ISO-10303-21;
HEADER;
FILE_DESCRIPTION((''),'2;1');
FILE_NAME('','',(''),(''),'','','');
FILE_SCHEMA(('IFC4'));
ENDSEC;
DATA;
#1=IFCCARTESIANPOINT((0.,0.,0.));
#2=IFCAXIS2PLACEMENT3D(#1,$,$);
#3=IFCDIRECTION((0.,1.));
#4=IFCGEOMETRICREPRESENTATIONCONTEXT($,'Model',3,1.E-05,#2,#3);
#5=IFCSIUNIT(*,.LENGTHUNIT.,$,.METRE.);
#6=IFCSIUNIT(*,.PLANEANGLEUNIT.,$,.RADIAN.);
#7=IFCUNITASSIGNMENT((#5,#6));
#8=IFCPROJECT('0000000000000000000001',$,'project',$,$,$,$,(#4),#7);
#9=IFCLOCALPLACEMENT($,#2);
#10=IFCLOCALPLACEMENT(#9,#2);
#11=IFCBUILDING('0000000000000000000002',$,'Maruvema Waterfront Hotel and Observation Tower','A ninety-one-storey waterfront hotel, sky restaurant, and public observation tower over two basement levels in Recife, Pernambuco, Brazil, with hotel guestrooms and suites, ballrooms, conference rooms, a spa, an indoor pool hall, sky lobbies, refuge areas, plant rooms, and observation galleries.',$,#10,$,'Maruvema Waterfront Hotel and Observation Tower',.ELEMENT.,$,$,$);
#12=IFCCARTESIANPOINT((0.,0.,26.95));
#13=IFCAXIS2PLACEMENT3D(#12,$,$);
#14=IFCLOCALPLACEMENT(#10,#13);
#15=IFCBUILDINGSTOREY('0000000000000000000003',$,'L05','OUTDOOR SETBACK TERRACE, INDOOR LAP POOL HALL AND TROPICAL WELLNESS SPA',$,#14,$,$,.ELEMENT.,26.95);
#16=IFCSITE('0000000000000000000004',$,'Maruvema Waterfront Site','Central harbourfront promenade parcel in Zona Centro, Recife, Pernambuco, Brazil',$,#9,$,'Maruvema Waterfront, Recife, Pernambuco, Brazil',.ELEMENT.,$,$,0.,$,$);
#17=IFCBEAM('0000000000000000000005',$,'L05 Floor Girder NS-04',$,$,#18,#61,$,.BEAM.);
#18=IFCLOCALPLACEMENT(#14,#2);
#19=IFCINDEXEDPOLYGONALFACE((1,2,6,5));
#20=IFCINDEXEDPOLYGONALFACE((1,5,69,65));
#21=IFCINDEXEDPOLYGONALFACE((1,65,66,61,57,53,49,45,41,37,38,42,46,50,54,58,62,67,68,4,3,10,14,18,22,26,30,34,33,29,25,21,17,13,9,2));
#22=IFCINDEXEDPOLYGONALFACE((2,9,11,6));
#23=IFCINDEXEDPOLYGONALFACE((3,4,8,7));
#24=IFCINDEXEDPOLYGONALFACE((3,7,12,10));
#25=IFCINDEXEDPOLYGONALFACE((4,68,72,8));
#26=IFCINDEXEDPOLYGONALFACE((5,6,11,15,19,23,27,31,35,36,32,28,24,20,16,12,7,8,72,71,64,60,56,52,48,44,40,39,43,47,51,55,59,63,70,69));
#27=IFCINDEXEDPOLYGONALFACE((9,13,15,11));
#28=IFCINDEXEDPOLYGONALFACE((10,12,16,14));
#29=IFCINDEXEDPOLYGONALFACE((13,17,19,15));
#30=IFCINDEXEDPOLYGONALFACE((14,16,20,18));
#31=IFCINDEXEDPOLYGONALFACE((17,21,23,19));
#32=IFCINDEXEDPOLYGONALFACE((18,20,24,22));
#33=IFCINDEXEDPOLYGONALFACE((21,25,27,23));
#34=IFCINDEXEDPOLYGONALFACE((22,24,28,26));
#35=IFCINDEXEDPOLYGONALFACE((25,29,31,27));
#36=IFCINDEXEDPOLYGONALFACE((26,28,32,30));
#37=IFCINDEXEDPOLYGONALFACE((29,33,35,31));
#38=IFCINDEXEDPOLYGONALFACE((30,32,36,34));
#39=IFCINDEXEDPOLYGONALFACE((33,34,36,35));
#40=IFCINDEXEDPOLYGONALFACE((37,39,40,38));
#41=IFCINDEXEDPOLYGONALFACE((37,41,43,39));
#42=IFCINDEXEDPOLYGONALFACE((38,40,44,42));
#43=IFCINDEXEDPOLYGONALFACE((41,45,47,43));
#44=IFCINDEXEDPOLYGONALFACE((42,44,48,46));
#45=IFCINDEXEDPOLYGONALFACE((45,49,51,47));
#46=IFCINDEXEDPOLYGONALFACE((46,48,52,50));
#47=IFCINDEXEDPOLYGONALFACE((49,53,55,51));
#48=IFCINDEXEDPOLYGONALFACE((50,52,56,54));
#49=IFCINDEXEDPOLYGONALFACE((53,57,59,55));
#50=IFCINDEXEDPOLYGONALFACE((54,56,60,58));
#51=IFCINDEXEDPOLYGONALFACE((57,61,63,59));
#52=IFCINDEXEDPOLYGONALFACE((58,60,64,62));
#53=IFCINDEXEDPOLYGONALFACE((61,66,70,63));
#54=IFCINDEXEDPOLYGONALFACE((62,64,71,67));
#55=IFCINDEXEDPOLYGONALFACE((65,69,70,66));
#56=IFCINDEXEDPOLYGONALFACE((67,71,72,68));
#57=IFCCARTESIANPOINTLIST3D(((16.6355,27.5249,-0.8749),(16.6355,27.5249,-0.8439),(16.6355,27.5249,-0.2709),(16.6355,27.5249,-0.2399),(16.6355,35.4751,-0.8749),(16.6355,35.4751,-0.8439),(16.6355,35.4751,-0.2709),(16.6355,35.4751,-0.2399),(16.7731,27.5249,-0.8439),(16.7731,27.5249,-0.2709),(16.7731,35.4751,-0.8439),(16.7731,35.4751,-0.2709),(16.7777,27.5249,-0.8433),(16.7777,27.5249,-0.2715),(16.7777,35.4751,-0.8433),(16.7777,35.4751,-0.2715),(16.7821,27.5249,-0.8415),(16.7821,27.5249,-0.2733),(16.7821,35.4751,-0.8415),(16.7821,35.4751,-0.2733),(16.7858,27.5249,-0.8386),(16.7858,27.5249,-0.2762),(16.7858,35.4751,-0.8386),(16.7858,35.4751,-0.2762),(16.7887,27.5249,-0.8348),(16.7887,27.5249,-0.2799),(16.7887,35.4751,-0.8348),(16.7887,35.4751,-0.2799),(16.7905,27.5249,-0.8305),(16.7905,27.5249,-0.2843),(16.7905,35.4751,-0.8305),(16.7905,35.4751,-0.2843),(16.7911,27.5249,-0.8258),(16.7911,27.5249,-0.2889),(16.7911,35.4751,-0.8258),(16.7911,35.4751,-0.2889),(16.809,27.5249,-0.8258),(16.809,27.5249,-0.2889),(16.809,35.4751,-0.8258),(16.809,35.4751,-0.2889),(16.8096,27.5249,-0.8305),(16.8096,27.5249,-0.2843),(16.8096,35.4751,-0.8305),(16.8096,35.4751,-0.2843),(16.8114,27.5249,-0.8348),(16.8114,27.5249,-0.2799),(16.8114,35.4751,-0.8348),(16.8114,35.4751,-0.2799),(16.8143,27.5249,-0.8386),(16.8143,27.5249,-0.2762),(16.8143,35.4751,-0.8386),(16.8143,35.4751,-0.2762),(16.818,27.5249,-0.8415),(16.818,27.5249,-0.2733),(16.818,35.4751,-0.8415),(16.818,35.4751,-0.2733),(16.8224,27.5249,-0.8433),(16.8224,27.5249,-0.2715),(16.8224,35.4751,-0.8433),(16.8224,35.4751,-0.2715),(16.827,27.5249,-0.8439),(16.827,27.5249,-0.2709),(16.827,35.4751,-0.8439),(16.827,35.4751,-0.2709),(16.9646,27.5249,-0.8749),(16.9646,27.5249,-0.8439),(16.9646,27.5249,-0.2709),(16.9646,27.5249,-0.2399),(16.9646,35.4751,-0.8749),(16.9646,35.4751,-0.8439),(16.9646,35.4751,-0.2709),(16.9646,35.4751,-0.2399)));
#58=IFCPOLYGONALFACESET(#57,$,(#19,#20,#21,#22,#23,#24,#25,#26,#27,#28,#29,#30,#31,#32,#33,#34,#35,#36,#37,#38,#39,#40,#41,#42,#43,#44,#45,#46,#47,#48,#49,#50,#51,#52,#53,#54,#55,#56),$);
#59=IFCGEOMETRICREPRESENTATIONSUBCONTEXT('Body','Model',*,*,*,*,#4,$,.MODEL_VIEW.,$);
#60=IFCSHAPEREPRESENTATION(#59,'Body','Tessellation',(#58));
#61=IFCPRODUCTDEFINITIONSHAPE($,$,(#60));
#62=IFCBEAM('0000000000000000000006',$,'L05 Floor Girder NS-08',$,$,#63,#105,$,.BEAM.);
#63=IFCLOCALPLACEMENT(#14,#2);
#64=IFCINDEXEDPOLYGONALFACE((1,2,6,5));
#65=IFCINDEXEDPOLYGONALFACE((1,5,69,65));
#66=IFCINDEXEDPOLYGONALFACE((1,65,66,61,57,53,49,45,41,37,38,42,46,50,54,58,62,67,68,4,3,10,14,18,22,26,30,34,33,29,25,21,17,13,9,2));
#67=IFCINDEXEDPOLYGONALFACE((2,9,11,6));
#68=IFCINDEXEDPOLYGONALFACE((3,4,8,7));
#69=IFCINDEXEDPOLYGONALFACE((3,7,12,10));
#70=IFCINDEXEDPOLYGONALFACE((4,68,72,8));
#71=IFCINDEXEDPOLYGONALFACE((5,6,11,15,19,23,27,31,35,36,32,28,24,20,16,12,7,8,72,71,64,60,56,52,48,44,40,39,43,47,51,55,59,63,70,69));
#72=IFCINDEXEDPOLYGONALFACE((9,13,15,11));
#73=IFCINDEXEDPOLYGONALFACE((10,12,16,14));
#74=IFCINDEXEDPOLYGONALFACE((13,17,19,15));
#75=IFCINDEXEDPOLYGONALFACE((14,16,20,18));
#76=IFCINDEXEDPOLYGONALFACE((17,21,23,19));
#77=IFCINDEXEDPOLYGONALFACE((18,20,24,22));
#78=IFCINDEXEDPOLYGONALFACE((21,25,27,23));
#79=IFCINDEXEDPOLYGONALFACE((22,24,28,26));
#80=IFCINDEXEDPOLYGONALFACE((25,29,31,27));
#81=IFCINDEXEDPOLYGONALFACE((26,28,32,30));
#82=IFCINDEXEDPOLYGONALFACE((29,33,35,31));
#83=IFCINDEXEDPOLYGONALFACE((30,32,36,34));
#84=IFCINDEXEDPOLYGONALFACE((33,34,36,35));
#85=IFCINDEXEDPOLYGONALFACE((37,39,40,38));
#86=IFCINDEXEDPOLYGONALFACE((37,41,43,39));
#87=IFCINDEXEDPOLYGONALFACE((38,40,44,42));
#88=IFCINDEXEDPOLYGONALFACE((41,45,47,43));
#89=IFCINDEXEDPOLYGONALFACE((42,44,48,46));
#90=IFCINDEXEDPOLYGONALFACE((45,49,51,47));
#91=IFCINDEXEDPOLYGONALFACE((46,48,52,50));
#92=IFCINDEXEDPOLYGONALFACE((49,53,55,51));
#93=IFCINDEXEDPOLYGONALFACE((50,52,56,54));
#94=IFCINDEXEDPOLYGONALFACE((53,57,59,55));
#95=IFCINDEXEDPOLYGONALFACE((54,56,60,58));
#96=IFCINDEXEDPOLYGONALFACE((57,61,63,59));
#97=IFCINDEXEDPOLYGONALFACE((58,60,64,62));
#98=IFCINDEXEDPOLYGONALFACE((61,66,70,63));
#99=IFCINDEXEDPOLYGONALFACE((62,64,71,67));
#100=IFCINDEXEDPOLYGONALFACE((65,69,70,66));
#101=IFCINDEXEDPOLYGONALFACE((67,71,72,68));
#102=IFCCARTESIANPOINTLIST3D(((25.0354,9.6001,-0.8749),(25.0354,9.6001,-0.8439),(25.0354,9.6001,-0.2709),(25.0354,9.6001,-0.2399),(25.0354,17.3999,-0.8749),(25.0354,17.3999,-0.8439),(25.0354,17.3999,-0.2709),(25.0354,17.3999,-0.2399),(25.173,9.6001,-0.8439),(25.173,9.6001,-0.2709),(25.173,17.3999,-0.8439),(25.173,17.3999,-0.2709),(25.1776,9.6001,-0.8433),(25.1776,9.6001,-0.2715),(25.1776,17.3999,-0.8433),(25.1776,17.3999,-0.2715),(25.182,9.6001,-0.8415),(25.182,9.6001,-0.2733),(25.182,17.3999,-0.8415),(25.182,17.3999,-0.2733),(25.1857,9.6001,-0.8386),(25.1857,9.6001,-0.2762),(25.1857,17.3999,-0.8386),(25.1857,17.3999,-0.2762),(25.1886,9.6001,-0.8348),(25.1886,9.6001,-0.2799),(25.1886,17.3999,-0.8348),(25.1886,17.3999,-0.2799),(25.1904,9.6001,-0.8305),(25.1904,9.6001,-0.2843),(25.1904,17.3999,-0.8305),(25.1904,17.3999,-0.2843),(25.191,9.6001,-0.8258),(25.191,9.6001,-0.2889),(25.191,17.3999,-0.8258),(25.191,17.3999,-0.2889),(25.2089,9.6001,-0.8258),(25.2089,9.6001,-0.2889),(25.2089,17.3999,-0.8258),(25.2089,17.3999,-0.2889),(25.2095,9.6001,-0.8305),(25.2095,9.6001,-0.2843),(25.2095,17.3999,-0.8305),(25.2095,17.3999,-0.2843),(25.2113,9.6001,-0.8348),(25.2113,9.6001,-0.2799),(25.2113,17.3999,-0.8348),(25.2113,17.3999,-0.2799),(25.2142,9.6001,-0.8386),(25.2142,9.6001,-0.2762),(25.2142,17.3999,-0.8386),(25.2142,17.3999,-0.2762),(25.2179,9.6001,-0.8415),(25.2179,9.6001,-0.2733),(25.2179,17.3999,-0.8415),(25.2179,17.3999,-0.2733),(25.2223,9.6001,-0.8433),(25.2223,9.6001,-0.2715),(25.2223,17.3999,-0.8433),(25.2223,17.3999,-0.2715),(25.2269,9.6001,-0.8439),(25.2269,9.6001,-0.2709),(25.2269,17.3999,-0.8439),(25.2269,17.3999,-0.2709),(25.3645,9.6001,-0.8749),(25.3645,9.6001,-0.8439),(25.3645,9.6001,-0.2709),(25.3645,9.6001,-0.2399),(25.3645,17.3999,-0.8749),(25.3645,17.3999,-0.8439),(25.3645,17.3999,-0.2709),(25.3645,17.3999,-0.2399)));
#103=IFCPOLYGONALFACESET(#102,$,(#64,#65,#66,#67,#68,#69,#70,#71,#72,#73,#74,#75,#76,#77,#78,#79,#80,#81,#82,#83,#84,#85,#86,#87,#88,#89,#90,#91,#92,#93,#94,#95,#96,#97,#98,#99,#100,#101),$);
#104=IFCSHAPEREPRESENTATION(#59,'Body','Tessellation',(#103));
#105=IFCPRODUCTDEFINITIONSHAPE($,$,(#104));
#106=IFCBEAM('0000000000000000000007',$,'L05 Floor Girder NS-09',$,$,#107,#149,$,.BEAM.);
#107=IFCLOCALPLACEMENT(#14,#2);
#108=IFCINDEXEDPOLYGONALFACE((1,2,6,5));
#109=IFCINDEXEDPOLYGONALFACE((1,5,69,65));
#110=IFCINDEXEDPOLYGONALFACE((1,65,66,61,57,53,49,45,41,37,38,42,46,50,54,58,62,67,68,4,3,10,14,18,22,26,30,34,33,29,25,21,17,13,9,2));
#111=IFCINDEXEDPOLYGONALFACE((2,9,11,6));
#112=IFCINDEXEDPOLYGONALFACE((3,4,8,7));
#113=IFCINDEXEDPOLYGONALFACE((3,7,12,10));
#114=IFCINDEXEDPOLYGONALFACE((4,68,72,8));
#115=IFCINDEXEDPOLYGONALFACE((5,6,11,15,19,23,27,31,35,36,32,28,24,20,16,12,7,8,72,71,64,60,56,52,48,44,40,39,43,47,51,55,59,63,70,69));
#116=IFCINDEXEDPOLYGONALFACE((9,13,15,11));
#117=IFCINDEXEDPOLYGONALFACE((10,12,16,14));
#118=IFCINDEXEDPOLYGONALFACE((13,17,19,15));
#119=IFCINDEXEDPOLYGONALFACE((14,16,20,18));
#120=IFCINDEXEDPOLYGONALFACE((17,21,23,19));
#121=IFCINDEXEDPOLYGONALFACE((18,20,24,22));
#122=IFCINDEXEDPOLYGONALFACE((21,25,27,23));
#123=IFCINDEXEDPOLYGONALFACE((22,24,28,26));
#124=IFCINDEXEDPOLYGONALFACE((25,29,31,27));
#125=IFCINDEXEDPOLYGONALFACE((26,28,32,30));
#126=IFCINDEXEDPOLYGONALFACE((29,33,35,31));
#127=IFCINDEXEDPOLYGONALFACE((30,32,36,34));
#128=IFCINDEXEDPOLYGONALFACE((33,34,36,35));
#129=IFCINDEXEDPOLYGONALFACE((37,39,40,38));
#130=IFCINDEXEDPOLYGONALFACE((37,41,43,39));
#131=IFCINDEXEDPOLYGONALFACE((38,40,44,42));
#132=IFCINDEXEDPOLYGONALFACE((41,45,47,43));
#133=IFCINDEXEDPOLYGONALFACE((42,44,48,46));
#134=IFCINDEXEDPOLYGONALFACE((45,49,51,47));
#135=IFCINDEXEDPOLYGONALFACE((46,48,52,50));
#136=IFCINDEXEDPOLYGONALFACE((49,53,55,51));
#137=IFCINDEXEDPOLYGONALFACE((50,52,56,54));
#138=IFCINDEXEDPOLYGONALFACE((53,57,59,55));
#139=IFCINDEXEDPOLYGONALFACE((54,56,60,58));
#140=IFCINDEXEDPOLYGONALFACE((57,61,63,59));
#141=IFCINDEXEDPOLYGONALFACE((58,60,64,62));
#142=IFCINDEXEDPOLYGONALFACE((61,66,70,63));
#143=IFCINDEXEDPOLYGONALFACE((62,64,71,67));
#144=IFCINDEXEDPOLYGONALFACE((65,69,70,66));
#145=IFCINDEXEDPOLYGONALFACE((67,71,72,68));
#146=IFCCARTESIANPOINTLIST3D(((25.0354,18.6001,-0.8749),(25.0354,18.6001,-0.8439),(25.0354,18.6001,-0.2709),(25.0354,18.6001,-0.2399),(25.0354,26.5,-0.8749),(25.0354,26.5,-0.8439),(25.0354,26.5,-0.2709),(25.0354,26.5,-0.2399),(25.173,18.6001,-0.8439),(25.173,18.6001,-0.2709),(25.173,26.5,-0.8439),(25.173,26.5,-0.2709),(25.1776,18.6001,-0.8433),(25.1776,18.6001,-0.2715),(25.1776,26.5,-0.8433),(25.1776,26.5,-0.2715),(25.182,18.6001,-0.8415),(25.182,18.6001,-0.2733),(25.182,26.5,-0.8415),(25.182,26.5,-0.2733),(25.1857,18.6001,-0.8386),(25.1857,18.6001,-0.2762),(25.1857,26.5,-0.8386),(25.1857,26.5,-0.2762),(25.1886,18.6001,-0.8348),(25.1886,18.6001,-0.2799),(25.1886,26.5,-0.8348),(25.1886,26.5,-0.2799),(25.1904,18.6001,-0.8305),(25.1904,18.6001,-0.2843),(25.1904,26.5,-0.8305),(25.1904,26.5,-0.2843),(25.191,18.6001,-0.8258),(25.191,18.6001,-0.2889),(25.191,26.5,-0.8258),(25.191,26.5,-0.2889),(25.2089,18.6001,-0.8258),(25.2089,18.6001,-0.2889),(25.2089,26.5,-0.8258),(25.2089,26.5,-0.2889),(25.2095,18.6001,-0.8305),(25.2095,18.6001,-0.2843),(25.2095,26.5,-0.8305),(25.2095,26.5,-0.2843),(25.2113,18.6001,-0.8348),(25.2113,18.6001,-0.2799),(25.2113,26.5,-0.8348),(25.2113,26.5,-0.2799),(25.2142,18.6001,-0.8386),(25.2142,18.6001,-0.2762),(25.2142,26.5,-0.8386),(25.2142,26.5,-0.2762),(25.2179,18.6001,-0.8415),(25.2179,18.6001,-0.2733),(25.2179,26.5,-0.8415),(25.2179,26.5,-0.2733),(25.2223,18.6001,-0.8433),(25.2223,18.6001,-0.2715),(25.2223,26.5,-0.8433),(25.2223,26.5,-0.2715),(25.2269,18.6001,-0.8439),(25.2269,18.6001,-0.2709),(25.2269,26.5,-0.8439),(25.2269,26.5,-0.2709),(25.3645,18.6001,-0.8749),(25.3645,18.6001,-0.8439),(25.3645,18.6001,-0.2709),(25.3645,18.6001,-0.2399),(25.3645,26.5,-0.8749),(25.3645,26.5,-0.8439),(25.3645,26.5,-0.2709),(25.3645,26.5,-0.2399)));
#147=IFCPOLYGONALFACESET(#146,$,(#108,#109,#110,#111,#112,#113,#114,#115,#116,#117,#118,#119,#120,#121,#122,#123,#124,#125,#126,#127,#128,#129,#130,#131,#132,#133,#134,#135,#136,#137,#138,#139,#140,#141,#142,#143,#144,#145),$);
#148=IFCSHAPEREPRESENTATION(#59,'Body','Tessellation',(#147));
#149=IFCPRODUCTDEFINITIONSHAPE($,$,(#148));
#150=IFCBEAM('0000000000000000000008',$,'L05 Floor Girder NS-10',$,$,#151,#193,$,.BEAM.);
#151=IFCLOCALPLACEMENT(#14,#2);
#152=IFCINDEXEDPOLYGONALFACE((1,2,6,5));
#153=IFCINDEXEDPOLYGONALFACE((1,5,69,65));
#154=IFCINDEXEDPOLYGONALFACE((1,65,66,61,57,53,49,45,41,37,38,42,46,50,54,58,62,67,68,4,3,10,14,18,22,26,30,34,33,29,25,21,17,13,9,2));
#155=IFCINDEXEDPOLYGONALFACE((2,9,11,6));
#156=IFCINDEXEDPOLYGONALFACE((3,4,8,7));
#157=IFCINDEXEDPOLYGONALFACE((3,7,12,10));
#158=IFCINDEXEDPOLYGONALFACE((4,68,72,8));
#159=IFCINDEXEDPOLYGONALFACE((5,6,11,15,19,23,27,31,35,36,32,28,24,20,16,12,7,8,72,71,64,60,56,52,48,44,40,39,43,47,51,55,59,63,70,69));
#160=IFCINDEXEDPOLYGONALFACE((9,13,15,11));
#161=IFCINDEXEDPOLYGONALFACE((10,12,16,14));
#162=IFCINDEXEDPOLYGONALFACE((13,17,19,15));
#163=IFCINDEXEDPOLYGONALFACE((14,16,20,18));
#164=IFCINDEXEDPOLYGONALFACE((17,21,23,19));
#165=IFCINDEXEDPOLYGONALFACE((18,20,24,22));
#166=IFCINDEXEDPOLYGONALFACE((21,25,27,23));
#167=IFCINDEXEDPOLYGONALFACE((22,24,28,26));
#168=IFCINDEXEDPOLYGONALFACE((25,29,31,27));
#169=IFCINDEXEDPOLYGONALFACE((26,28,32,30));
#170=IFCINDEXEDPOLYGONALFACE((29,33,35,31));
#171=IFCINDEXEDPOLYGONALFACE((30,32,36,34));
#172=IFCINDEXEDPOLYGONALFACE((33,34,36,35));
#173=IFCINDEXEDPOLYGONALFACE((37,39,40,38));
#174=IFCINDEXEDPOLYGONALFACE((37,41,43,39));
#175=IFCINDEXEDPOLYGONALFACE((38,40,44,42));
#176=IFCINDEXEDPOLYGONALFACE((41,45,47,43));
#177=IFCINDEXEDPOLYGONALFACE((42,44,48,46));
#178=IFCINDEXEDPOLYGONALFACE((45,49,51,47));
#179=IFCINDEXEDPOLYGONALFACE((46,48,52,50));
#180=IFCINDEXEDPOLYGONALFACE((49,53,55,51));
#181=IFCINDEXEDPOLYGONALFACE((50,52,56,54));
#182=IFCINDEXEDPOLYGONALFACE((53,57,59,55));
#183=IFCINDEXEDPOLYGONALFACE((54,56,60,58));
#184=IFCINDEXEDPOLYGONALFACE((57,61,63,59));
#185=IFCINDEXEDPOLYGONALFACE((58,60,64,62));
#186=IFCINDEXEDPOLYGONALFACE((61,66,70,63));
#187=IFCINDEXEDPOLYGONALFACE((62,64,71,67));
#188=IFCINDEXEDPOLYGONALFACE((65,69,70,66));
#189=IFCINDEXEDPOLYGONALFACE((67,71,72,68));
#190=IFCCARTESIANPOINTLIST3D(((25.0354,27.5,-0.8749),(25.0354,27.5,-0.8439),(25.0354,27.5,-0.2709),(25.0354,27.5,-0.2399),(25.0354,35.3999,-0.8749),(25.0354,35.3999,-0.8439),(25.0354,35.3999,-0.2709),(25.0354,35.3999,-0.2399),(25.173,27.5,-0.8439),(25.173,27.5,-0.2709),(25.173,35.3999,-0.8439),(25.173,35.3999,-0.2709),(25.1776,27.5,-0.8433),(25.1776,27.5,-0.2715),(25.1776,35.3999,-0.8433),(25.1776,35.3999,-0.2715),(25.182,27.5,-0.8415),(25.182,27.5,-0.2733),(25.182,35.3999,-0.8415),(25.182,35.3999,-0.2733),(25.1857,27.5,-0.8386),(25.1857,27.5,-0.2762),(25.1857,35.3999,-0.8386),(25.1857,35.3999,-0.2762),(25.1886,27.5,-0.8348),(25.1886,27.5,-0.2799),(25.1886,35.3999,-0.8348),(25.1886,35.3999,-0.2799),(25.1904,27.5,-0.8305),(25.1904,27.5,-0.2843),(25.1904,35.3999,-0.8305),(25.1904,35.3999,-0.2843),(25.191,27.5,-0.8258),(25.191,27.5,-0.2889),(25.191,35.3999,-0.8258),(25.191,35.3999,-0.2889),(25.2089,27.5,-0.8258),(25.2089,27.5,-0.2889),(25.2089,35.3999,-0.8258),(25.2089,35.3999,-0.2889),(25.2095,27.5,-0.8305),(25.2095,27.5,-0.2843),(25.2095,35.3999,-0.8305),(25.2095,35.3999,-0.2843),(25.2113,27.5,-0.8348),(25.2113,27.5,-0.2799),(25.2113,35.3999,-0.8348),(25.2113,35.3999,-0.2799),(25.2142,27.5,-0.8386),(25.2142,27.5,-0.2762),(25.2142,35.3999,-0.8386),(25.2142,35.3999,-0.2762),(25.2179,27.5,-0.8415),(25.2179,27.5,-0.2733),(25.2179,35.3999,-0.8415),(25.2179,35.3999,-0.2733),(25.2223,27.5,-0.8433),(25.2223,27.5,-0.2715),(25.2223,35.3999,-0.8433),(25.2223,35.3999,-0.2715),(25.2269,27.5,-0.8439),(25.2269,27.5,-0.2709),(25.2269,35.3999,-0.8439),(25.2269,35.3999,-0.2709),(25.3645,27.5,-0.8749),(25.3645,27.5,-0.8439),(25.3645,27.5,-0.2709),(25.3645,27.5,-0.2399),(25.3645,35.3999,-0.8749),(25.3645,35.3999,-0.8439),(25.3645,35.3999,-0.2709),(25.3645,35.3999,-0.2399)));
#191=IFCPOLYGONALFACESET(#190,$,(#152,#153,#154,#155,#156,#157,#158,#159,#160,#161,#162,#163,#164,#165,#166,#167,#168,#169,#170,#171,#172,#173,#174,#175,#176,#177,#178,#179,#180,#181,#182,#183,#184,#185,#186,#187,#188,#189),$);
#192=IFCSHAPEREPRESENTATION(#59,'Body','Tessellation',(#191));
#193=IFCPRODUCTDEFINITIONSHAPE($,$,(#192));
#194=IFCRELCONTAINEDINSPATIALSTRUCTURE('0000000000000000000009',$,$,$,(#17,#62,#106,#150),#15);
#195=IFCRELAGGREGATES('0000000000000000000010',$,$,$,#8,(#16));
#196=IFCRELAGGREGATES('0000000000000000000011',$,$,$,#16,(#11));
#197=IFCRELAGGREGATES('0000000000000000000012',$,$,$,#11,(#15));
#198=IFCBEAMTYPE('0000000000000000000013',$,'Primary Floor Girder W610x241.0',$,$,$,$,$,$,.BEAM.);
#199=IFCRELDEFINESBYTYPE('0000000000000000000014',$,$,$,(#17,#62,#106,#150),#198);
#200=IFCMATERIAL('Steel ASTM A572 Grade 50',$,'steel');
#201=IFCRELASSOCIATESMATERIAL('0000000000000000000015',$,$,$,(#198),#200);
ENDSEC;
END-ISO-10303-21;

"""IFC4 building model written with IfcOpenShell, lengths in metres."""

from ifc_helpers import new_model, si_unit, direction, frame, origin, origin_2d, place, context, subcontext, project, spatial, i_section, extrude, material, material_profile, profile_set, type_object, element, save


model = new_model("IFC4")

# Units and contexts
model_context = context("Model", 3, precision=1e-05, world=origin(), true_north=direction((0.0, 1.0)))
body_context = subcontext(model_context, "Body", "Model", "MODEL_VIEW")
ifc_project = project(units=[si_unit("LENGTHUNIT", "METRE"), si_unit("PLANEANGLEUNIT", "RADIAN")], contexts=[model_context])

# Site, building, storey
site_placement = place(None, origin())
site = spatial("IfcSite", under=ifc_project, at=site_placement, Name="Maruvema Waterfront Site", Description="Central harbourfront promenade parcel in Zona Centro, Recife, Pernambuco, Brazil", LongName="Maruvema Waterfront, Recife, Pernambuco, Brazil", CompositionType="ELEMENT", RefElevation=0.0)
building_placement = place(site_placement, origin())
building = spatial("IfcBuilding", under=site, at=building_placement, Name="Maruvema Waterfront Hotel and Observation Tower", Description="A ninety-one-storey waterfront hotel, sky restaurant, and public observation tower over two basement levels in Recife, Pernambuco, Brazil, with hotel guestrooms and suites, ballrooms, conference rooms, a spa, an indoor pool hall, sky lobbies, refuge areas, plant rooms, and observation galleries.", LongName="Maruvema Waterfront Hotel and Observation Tower", CompositionType="ELEMENT")
storey_placement = place(building_placement, frame((0.0, 0.0, 26.95)))
storey = spatial("IfcBuildingStorey", under=building, at=storey_placement, Name="L05", Description="OUTDOOR SETBACK TERRACE, INDOOR LAP POOL HALL AND TROPICAL WELLNESS SPA", CompositionType="ELEMENT", Elevation=26.95)

# Beams
ifc_material_1 = material(Name="Steel ASTM A572 Grade 50", Category="steel")
ifc_material_profile_1 = material_profile(ifc_material_1, i_section(OverallWidth=0.3291, OverallDepth=0.635, WebThickness=0.0178, FlangeThickness=0.031, FilletRadius=0.0181, at=origin_2d()), Name="W610x241.0")
ifc_profile_set_1 = profile_set([ifc_material_profile_1], Name="Steel ASTM A572 Grade 50")
beam_type_1 = type_object("IfcBeamType", Name="Primary Floor Girder W610x241.0", PredefinedType="BEAM", material=ifc_profile_set_1)
beam_1_placement = place(storey_placement, frame((16.8, 27.5249, -0.5574), z_axis=(0.0, 1.0, 0.0), x_axis=(-1.0, 0.0, 0.0)))
element("IfcBeam", 1, at=beam_1_placement, inside=storey, type_object=beam_type_1, Name="L05 Floor Girder NS-04", PredefinedType="BEAM", context=body_context, shape_type="SweptSolid", body=[
    extrude(i_section(OverallWidth=0.3291, OverallDepth=0.635, WebThickness=0.0178, FlangeThickness=0.031, FilletRadius=0.0181, at=origin_2d()), origin(), (0.0, 0.0, 1.0), 7.9502),
])
beam_2_placement = place(storey_placement, frame((25.2, 9.6001, -0.5574), z_axis=(0.0, 1.0, 0.0), x_axis=(-1.0, 0.0, 0.0)))
element("IfcBeam", 2, at=beam_2_placement, inside=storey, type_object=beam_type_1, Name="L05 Floor Girder NS-08", PredefinedType="BEAM", context=body_context, shape_type="SweptSolid", body=[
    extrude(i_section(OverallWidth=0.3291, OverallDepth=0.635, WebThickness=0.0178, FlangeThickness=0.031, FilletRadius=0.0181, at=origin_2d()), origin(), (0.0, 0.0, 1.0), 7.7998),
])
for number, where, z_axis, x_axis, name in (
    (3, (25.2, 18.6001, -0.5574), (0.0, 1.0, 0.0), (-1.0, 0.0, 0.0), "L05 Floor Girder NS-09"),
    (4, (25.2, 27.5, -0.5574), (0.0, 1.0, 0.0), (-1.0, 0.0, 0.0), "L05 Floor Girder NS-10"),
):
    element("IfcBeam", number, at=place(storey_placement, frame(where, z_axis=z_axis, x_axis=x_axis)), inside=storey, type_object=beam_type_1, Name=name, PredefinedType="BEAM", context=body_context, shape_type="SweptSolid", body=[
        extrude(i_section(OverallWidth=0.3291, OverallDepth=0.635, WebThickness=0.0178, FlangeThickness=0.031, FilletRadius=0.0181, at=origin_2d()), origin(), (0.0, 0.0, 1.0), 7.8999),
    ])

save(model, "model.ifc")
